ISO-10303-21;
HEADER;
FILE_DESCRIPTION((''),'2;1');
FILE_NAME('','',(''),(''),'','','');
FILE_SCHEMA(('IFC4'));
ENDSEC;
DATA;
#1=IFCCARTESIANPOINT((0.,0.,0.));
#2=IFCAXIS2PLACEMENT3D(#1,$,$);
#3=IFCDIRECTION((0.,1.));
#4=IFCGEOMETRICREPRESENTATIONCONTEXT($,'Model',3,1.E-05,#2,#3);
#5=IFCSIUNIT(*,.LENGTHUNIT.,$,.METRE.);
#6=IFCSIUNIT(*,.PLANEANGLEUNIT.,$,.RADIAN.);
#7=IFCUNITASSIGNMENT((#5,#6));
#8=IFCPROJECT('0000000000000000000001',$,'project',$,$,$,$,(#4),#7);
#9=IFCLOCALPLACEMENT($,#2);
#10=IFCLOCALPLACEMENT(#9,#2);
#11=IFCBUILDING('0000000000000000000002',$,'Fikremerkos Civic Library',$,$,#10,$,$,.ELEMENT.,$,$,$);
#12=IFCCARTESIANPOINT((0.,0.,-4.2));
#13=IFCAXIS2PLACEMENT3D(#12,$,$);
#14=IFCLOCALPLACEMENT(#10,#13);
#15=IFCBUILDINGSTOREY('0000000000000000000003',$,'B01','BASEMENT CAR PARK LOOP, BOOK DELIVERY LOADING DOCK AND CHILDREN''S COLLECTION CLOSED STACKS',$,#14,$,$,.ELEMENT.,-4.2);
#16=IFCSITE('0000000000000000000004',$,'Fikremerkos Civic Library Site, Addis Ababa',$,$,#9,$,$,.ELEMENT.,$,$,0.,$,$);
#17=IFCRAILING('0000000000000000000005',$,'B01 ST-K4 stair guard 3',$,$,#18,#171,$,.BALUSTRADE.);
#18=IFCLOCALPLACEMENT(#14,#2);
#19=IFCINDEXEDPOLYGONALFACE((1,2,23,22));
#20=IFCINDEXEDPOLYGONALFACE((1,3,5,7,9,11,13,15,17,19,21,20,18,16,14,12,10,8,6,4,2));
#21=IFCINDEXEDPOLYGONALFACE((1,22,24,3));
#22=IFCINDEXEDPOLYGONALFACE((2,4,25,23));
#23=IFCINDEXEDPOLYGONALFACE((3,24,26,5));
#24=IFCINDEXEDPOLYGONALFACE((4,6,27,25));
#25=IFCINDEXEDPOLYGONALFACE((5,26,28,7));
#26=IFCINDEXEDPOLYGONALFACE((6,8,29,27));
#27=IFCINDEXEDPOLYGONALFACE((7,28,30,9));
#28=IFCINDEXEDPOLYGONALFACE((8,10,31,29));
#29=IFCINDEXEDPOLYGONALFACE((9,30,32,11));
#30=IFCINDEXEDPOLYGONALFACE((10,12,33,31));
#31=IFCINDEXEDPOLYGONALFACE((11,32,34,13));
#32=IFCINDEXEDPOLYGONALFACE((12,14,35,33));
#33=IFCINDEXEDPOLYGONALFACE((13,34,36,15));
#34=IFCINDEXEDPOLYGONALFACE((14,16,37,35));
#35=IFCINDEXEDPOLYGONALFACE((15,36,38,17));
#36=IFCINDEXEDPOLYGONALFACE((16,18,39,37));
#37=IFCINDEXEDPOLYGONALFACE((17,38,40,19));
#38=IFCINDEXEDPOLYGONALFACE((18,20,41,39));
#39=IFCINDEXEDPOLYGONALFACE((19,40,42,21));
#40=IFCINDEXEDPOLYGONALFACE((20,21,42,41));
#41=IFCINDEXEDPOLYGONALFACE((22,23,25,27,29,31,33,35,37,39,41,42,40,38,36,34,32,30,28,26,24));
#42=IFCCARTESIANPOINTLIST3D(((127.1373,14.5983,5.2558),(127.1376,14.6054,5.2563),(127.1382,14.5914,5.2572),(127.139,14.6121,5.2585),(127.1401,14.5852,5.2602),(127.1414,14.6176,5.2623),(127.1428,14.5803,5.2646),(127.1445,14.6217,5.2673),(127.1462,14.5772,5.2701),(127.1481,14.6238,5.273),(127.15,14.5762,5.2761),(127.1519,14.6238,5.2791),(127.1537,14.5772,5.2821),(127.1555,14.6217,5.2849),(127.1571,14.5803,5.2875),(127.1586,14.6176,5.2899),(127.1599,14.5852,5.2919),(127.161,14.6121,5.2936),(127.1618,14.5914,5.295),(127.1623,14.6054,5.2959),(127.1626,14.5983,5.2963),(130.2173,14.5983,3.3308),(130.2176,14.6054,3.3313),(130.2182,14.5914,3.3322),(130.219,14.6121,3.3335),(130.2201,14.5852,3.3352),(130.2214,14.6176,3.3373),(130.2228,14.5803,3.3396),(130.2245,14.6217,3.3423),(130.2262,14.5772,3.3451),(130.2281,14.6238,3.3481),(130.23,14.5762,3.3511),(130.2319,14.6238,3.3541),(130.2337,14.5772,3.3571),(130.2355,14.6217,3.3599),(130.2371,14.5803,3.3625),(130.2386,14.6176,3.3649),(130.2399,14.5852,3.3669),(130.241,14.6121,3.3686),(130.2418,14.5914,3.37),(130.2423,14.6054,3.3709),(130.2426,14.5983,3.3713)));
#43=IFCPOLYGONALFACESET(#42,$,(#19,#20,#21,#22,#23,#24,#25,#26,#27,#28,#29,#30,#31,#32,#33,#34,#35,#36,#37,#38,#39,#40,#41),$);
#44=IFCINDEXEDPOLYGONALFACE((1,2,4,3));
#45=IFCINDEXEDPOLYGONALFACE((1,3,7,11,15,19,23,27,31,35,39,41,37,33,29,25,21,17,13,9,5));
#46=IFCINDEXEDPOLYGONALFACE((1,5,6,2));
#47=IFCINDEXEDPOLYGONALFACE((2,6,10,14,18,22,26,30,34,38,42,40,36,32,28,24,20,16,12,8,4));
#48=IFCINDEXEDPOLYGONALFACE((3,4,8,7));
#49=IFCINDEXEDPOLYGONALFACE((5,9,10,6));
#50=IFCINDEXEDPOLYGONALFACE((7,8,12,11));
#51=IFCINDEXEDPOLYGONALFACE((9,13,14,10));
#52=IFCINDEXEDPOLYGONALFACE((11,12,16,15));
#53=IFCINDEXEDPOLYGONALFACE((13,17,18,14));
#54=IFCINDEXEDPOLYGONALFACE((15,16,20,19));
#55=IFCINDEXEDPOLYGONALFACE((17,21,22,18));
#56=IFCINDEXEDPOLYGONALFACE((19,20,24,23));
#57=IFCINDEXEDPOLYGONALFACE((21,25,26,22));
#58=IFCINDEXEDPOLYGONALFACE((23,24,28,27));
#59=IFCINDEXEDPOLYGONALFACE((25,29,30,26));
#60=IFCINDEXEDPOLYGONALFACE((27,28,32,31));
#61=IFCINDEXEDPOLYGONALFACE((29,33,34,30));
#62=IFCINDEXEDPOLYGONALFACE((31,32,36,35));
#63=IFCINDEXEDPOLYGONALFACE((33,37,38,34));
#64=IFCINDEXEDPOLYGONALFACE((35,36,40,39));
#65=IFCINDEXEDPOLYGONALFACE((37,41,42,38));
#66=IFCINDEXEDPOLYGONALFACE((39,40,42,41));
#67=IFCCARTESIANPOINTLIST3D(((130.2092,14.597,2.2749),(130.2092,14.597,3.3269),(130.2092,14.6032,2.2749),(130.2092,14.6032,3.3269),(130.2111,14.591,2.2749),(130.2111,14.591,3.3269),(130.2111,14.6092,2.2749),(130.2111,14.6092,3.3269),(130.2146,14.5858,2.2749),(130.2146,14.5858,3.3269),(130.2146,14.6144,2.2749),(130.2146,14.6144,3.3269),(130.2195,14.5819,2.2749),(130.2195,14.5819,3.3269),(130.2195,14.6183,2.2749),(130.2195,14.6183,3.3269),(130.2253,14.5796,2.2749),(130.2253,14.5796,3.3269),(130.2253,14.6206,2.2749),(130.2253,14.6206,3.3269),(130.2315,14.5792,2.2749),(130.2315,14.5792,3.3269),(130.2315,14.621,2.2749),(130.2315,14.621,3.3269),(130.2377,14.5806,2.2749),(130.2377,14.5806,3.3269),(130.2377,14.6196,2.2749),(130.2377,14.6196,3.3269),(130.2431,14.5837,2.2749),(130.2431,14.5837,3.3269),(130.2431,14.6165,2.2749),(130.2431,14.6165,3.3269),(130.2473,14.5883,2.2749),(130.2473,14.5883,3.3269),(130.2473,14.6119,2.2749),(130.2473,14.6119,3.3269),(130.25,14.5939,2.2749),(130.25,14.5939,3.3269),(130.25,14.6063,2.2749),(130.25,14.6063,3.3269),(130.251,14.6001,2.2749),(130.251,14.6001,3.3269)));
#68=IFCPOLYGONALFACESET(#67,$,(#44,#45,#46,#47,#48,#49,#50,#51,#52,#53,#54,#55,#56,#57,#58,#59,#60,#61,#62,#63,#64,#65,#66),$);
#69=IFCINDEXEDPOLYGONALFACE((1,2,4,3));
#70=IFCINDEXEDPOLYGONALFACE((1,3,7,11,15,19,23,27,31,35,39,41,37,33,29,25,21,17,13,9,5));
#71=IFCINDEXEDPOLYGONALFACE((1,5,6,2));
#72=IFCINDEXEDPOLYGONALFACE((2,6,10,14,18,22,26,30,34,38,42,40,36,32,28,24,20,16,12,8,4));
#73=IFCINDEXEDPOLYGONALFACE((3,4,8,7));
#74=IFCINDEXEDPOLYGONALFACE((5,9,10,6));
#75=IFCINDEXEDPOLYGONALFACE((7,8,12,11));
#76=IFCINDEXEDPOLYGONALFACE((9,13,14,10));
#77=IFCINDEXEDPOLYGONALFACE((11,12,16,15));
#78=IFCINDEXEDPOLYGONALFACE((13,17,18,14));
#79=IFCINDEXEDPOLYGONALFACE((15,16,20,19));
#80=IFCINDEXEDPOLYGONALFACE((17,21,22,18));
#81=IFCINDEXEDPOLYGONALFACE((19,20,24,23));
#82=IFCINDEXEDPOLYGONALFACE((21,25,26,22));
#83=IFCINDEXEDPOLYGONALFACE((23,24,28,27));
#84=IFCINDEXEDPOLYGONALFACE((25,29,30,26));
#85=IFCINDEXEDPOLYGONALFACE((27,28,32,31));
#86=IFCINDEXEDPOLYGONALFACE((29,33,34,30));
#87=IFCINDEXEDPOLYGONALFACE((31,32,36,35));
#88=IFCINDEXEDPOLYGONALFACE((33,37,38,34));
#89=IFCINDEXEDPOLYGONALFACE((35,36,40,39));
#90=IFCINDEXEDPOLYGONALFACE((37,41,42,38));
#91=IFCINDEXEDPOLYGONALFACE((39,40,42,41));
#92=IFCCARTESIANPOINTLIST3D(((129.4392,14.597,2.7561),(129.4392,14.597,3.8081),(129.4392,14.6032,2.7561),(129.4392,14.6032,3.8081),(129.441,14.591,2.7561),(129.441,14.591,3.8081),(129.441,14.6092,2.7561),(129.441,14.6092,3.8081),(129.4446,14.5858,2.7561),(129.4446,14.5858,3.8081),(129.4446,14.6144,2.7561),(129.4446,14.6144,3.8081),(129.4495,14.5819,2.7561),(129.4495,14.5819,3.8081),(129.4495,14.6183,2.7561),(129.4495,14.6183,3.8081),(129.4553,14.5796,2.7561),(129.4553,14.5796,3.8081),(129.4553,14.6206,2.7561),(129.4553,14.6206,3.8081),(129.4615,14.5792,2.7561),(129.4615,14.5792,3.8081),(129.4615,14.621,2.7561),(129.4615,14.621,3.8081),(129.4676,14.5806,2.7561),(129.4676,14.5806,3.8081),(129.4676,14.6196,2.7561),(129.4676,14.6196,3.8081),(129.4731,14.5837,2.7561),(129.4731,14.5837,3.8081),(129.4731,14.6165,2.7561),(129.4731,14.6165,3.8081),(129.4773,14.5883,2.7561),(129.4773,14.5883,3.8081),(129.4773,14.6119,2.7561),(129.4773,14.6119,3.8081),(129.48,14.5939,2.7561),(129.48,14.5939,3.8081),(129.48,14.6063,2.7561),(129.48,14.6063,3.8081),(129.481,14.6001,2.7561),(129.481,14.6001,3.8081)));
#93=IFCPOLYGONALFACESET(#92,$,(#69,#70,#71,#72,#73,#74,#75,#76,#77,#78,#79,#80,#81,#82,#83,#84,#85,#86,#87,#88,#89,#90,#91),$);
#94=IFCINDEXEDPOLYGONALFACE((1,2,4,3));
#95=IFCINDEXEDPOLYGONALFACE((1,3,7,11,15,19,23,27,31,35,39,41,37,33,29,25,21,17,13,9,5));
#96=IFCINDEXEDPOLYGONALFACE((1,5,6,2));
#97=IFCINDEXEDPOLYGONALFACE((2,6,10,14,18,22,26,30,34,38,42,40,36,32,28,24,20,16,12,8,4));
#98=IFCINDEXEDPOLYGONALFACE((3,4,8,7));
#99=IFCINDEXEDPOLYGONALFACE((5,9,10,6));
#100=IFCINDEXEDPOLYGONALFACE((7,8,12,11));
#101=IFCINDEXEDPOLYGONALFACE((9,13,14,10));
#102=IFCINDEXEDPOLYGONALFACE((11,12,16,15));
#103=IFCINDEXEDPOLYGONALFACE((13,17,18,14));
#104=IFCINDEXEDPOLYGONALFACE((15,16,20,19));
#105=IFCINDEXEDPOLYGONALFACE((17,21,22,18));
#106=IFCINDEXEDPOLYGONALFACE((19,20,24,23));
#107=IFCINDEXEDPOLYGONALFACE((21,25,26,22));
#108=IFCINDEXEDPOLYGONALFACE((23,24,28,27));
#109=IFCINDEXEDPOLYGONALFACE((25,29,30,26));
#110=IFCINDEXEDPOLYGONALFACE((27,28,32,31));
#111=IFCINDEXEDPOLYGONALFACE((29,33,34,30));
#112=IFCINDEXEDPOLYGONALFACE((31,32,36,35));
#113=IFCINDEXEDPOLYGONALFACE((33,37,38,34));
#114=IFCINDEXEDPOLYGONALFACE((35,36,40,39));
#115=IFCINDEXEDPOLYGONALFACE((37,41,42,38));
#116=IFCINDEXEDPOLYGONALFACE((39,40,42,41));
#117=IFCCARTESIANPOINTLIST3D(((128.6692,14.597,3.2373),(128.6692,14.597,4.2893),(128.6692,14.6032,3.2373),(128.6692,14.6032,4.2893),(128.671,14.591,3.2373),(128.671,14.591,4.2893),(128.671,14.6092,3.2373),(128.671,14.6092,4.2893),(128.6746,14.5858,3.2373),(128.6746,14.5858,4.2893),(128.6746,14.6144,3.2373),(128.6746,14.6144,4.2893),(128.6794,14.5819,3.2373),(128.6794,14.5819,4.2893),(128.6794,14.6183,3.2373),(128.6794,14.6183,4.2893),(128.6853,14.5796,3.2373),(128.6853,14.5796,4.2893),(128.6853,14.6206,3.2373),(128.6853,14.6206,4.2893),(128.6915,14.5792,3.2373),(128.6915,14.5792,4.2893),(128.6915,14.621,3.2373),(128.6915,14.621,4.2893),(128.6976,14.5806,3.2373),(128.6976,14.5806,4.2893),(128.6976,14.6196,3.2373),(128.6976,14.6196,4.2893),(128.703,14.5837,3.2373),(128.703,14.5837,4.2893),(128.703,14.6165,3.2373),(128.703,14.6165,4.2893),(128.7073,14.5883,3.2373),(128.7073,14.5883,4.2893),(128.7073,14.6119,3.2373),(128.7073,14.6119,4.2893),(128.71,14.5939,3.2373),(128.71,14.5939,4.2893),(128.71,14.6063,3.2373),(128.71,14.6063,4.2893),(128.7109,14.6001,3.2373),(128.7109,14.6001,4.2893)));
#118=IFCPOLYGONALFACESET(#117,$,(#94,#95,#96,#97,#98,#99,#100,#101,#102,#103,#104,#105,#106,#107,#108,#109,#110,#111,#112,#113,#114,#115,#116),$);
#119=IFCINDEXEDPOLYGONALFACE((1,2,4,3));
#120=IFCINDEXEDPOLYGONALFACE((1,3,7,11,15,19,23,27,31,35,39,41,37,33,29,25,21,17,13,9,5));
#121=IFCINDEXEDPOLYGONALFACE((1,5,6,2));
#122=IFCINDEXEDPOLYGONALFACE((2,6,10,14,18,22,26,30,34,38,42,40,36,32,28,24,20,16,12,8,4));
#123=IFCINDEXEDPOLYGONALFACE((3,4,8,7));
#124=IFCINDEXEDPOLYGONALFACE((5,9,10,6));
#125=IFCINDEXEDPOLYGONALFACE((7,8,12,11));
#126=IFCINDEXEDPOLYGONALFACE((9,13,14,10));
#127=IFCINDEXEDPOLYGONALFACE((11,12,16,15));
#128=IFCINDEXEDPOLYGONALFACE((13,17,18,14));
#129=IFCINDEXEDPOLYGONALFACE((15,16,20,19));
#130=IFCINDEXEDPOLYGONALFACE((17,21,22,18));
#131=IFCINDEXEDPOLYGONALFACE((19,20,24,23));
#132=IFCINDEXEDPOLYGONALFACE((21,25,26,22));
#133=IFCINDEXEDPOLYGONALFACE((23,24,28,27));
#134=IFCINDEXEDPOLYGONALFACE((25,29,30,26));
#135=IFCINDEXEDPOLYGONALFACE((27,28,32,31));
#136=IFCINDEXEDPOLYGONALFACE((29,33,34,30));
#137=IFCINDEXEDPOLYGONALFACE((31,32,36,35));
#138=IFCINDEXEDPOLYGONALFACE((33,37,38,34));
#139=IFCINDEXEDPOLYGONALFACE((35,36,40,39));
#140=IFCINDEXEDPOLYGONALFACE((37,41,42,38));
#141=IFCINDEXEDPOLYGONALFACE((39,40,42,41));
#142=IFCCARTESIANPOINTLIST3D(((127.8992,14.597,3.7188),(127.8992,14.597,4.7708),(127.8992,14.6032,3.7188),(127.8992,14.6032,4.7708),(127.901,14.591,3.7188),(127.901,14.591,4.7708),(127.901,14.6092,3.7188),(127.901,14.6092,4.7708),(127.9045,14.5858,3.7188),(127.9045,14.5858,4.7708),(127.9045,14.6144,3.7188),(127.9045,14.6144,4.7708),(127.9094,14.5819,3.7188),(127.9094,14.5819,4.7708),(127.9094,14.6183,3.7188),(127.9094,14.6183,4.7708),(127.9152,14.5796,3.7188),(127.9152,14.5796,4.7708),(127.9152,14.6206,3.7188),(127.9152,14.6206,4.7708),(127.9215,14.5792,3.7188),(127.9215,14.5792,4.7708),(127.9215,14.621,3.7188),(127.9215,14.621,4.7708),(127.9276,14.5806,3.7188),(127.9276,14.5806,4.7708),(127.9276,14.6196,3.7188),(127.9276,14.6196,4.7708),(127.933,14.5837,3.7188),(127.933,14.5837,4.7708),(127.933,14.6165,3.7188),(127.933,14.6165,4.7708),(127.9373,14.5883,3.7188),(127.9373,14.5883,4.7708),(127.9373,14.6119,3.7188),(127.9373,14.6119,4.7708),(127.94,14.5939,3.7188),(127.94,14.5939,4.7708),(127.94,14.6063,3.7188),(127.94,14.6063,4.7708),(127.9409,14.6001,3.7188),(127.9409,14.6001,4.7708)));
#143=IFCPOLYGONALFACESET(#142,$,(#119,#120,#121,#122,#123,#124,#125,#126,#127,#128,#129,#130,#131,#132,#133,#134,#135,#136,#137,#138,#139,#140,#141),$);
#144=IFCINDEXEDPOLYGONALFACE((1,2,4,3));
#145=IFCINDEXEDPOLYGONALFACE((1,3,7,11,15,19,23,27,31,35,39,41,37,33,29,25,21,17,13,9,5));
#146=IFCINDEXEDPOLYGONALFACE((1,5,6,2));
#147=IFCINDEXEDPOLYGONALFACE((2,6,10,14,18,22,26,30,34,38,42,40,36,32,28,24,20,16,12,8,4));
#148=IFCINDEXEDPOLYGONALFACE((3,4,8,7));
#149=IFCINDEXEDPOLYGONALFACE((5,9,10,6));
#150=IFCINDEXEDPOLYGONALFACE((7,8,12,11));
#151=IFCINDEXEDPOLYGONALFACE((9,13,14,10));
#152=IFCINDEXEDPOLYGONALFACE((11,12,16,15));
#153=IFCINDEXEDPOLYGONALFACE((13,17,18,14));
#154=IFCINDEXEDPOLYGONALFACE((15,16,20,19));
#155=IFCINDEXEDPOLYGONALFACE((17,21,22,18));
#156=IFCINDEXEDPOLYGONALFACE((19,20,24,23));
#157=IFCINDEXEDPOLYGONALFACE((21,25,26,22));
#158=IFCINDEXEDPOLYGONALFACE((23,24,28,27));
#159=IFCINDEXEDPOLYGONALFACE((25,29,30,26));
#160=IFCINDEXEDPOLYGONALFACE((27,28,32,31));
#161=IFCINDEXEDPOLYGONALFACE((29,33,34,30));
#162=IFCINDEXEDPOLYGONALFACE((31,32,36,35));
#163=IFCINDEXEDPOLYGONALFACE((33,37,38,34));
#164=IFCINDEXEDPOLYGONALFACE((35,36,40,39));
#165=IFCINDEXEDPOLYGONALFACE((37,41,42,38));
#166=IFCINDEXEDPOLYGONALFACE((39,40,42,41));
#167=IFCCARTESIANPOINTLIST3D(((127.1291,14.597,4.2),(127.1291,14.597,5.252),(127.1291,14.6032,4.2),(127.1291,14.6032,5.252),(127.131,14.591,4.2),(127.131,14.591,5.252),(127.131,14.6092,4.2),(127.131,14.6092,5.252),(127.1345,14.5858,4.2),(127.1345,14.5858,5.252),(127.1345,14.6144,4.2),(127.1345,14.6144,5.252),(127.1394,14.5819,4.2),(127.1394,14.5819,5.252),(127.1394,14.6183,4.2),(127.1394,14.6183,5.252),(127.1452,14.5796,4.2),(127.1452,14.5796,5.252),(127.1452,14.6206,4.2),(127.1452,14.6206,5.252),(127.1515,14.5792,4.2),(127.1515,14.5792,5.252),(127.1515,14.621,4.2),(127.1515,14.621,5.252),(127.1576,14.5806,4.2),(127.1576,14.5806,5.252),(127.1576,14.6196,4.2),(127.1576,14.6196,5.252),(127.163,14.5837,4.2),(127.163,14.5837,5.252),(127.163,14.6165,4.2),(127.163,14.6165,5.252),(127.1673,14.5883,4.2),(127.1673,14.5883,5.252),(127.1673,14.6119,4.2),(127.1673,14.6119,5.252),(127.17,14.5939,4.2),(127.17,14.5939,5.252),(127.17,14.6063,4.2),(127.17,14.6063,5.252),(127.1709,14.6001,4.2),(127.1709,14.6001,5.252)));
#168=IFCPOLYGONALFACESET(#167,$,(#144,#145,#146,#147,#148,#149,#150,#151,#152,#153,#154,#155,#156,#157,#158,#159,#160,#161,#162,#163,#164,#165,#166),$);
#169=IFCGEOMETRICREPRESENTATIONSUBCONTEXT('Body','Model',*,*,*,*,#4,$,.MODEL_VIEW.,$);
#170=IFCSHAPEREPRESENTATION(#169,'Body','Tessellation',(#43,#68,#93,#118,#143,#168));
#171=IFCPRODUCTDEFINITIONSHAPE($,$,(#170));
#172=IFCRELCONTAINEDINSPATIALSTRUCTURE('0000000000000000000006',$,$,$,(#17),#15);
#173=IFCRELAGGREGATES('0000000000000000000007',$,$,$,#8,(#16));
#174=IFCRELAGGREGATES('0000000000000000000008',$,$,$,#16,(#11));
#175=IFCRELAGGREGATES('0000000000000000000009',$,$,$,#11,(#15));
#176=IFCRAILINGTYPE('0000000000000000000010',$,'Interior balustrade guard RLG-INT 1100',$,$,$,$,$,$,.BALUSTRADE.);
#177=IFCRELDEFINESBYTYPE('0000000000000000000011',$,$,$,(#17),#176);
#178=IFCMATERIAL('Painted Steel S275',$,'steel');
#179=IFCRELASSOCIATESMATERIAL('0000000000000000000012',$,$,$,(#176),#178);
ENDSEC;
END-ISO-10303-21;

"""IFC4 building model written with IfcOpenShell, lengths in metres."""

from ifc_helpers import new_model, si_unit, direction, frame, origin, origin_2d, place, context, subcontext, project, spatial, circle, extrude, material, type_object, element, save


model = new_model("IFC4")

# Units and contexts
model_context = context("Model", 3, precision=1e-05, world=origin(), true_north=direction((0.0, 1.0)))
body_context = subcontext(model_context, "Body", "Model", "MODEL_VIEW")
ifc_project = project(units=[si_unit("LENGTHUNIT", "METRE"), si_unit("PLANEANGLEUNIT", "RADIAN")], contexts=[model_context])

# Site, building, storey
site_placement = place(None, origin())
site = spatial("IfcSite", under=ifc_project, at=site_placement, Name="Fikremerkos Civic Library Site, Addis Ababa", CompositionType="ELEMENT", RefElevation=0.0)
building_placement = place(site_placement, origin())
building = spatial("IfcBuilding", under=site, at=building_placement, Name="Fikremerkos Civic Library", CompositionType="ELEMENT")
storey_placement = place(building_placement, frame((0.0, 0.0, -4.2)))
storey = spatial("IfcBuildingStorey", under=building, at=storey_placement, Name="B01", Description="BASEMENT CAR PARK LOOP, BOOK DELIVERY LOADING DOCK AND CHILDREN'S COLLECTION CLOSED STACKS", CompositionType="ELEMENT", Elevation=-4.2)

# Railing
ifc_material_1 = material(Name="Painted Steel S275", Category="steel")
railing_type_1 = type_object("IfcRailingType", Name="Interior balustrade guard RLG-INT 1100", PredefinedType="BALUSTRADE", material=ifc_material_1)
railing_1_placement = place(storey_placement, frame((130.23, 14.6001, 2.2749)))
element("IfcRailing", 1, at=railing_1_placement, inside=storey, type_object=railing_type_1, Name="B01 ST-K4 stair guard 3", PredefinedType="BALUSTRADE", context=body_context, shape_type="SweptSolid", body=[
    extrude(circle(Radius=0.0239, at=origin_2d()), frame((0.0, 0.0, 1.0762), z_axis=(-0.847998, 0.0, 0.529999), x_axis=(0.0, -1.0, 0.0)), (0.0, 0.0, 1.0), 3.6321),
    extrude(circle(Radius=0.021, at=origin_2d()), origin(), (0.0, 0.0, 1.0), 1.052),
    extrude(circle(Radius=0.021, at=origin_2d()), frame((-0.77, 0.0, 0.4812)), (0.0, 0.0, 1.0), 1.052),
    extrude(circle(Radius=0.021, at=origin_2d()), frame((-1.54, 0.0, 0.9624)), (0.0, 0.0, 1.0), 1.052),
    extrude(circle(Radius=0.021, at=origin_2d()), frame((-2.3101, 0.0, 1.4438)), (0.0, 0.0, 1.0), 1.052),
    extrude(circle(Radius=0.021, at=origin_2d()), frame((-3.0801, 0.0, 1.925)), (0.0, 0.0, 1.0), 1.052),
])

save(model, "model.ifc")
